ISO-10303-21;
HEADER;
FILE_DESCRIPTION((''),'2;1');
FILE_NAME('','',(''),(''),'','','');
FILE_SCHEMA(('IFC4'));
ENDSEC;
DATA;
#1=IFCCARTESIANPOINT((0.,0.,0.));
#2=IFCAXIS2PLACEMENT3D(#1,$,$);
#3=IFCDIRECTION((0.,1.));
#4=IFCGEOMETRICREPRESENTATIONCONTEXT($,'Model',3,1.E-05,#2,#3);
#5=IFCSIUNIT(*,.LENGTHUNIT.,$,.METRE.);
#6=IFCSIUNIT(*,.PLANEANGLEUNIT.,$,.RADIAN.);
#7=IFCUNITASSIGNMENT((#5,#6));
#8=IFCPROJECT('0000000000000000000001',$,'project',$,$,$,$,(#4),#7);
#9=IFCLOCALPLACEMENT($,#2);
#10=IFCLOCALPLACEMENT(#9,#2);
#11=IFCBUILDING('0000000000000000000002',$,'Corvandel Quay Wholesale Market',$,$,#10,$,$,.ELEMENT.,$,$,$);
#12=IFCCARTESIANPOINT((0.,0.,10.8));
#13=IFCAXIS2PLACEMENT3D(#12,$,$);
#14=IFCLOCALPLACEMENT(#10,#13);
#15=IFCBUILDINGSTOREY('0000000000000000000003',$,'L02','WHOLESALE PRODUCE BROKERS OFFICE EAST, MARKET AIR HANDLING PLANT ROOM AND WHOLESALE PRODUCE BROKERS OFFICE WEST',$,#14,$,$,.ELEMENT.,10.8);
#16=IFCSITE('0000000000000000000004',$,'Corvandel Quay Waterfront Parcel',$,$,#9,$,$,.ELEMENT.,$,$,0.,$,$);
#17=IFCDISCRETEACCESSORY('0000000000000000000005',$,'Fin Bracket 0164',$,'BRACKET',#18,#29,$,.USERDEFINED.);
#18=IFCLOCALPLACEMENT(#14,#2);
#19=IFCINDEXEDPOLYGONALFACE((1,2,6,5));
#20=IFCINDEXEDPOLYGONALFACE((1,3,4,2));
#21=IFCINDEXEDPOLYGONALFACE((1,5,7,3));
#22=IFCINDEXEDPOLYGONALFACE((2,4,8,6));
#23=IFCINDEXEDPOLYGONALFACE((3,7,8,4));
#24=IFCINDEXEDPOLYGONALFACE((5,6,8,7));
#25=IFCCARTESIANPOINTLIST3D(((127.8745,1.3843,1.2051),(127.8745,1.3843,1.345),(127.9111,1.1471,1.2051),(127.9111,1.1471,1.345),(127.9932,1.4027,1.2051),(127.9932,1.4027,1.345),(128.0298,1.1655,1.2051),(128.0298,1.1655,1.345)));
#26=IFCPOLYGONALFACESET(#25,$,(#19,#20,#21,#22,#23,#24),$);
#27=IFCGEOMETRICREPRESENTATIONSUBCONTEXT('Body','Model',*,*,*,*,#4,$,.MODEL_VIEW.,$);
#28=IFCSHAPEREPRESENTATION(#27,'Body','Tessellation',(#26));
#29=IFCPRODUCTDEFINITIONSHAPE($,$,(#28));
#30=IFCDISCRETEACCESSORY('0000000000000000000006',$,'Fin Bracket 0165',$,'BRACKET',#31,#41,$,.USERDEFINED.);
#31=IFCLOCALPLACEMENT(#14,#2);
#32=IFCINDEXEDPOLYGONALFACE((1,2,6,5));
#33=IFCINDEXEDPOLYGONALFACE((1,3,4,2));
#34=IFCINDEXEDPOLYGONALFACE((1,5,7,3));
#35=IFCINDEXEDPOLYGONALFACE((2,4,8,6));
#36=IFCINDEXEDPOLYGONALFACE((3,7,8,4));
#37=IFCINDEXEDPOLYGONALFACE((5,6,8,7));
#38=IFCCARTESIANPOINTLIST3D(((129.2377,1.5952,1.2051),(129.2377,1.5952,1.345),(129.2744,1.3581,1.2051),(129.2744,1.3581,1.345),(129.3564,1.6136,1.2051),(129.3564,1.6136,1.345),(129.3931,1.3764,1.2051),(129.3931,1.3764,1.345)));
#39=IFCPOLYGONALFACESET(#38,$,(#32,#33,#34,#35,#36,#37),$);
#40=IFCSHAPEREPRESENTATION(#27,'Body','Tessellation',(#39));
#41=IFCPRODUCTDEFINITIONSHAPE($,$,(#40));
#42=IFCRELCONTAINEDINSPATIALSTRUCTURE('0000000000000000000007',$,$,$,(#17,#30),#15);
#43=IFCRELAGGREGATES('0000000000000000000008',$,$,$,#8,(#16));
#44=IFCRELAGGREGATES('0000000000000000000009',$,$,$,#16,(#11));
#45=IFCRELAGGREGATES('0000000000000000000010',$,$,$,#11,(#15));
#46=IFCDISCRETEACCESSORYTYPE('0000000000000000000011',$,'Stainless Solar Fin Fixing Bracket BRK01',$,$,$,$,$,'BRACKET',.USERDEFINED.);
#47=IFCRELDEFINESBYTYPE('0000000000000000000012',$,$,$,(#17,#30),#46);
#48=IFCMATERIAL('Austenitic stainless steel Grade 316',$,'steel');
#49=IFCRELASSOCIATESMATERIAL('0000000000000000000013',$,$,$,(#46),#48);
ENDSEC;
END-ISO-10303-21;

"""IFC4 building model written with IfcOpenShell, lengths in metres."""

from ifc_helpers import new_model, si_unit, direction, frame, origin, origin_2d, place, context, subcontext, project, spatial, rectangle, extrude, material, type_object, element, save


model = new_model("IFC4")

# Units and contexts
model_context = context("Model", 3, precision=1e-05, world=origin(), true_north=direction((0.0, 1.0)))
body_context = subcontext(model_context, "Body", "Model", "MODEL_VIEW")
ifc_project = project(units=[si_unit("LENGTHUNIT", "METRE"), si_unit("PLANEANGLEUNIT", "RADIAN")], contexts=[model_context])

# Site, building, storey
site_placement = place(None, origin())
site = spatial("IfcSite", under=ifc_project, at=site_placement, Name="Corvandel Quay Waterfront Parcel", CompositionType="ELEMENT", RefElevation=0.0)
building_placement = place(site_placement, origin())
building = spatial("IfcBuilding", under=site, at=building_placement, Name="Corvandel Quay Wholesale Market", CompositionType="ELEMENT")
storey_placement = place(building_placement, frame((0.0, 0.0, 10.8)))
storey = spatial("IfcBuildingStorey", under=building, at=storey_placement, Name="L02", Description="WHOLESALE PRODUCE BROKERS OFFICE EAST, MARKET AIR HANDLING PLANT ROOM AND WHOLESALE PRODUCE BROKERS OFFICE WEST", CompositionType="ELEMENT", Elevation=10.8)

# Discrete accessories
ifc_material_1 = material(Name="Austenitic stainless steel Grade 316", Category="steel")
discrete_accessory_type = type_object("IfcDiscreteAccessoryType", Name="Stainless Solar Fin Fixing Bracket BRK01", ElementType="BRACKET", PredefinedType="USERDEFINED", material=ifc_material_1)
for number, where, z_axis, x_axis, name in (
    (1, (127.9521, 1.2749, 1.2051), (0.0, 0.0, 1.0), (-0.152813, 0.988255, 0.0), "Fin Bracket 0164"),
    (2, (129.3154, 1.4858, 1.2051), (0.0, 0.0, 1.0), (-0.152813, 0.988255, 0.0), "Fin Bracket 0165"),
):
    element("IfcDiscreteAccessory", number, at=place(storey_placement, frame(where, z_axis=z_axis, x_axis=x_axis)), inside=storey, type_object=discrete_accessory_type, Name=name, ObjectType="BRACKET", PredefinedType="USERDEFINED", context=body_context, shape_type="SweptSolid", body=[
        extrude(rectangle(XDim=0.24, YDim=0.1201, at=origin_2d()), origin(), (0.0, 0.0, 1.0), 0.1399),
    ])

save(model, "model.ifc")
